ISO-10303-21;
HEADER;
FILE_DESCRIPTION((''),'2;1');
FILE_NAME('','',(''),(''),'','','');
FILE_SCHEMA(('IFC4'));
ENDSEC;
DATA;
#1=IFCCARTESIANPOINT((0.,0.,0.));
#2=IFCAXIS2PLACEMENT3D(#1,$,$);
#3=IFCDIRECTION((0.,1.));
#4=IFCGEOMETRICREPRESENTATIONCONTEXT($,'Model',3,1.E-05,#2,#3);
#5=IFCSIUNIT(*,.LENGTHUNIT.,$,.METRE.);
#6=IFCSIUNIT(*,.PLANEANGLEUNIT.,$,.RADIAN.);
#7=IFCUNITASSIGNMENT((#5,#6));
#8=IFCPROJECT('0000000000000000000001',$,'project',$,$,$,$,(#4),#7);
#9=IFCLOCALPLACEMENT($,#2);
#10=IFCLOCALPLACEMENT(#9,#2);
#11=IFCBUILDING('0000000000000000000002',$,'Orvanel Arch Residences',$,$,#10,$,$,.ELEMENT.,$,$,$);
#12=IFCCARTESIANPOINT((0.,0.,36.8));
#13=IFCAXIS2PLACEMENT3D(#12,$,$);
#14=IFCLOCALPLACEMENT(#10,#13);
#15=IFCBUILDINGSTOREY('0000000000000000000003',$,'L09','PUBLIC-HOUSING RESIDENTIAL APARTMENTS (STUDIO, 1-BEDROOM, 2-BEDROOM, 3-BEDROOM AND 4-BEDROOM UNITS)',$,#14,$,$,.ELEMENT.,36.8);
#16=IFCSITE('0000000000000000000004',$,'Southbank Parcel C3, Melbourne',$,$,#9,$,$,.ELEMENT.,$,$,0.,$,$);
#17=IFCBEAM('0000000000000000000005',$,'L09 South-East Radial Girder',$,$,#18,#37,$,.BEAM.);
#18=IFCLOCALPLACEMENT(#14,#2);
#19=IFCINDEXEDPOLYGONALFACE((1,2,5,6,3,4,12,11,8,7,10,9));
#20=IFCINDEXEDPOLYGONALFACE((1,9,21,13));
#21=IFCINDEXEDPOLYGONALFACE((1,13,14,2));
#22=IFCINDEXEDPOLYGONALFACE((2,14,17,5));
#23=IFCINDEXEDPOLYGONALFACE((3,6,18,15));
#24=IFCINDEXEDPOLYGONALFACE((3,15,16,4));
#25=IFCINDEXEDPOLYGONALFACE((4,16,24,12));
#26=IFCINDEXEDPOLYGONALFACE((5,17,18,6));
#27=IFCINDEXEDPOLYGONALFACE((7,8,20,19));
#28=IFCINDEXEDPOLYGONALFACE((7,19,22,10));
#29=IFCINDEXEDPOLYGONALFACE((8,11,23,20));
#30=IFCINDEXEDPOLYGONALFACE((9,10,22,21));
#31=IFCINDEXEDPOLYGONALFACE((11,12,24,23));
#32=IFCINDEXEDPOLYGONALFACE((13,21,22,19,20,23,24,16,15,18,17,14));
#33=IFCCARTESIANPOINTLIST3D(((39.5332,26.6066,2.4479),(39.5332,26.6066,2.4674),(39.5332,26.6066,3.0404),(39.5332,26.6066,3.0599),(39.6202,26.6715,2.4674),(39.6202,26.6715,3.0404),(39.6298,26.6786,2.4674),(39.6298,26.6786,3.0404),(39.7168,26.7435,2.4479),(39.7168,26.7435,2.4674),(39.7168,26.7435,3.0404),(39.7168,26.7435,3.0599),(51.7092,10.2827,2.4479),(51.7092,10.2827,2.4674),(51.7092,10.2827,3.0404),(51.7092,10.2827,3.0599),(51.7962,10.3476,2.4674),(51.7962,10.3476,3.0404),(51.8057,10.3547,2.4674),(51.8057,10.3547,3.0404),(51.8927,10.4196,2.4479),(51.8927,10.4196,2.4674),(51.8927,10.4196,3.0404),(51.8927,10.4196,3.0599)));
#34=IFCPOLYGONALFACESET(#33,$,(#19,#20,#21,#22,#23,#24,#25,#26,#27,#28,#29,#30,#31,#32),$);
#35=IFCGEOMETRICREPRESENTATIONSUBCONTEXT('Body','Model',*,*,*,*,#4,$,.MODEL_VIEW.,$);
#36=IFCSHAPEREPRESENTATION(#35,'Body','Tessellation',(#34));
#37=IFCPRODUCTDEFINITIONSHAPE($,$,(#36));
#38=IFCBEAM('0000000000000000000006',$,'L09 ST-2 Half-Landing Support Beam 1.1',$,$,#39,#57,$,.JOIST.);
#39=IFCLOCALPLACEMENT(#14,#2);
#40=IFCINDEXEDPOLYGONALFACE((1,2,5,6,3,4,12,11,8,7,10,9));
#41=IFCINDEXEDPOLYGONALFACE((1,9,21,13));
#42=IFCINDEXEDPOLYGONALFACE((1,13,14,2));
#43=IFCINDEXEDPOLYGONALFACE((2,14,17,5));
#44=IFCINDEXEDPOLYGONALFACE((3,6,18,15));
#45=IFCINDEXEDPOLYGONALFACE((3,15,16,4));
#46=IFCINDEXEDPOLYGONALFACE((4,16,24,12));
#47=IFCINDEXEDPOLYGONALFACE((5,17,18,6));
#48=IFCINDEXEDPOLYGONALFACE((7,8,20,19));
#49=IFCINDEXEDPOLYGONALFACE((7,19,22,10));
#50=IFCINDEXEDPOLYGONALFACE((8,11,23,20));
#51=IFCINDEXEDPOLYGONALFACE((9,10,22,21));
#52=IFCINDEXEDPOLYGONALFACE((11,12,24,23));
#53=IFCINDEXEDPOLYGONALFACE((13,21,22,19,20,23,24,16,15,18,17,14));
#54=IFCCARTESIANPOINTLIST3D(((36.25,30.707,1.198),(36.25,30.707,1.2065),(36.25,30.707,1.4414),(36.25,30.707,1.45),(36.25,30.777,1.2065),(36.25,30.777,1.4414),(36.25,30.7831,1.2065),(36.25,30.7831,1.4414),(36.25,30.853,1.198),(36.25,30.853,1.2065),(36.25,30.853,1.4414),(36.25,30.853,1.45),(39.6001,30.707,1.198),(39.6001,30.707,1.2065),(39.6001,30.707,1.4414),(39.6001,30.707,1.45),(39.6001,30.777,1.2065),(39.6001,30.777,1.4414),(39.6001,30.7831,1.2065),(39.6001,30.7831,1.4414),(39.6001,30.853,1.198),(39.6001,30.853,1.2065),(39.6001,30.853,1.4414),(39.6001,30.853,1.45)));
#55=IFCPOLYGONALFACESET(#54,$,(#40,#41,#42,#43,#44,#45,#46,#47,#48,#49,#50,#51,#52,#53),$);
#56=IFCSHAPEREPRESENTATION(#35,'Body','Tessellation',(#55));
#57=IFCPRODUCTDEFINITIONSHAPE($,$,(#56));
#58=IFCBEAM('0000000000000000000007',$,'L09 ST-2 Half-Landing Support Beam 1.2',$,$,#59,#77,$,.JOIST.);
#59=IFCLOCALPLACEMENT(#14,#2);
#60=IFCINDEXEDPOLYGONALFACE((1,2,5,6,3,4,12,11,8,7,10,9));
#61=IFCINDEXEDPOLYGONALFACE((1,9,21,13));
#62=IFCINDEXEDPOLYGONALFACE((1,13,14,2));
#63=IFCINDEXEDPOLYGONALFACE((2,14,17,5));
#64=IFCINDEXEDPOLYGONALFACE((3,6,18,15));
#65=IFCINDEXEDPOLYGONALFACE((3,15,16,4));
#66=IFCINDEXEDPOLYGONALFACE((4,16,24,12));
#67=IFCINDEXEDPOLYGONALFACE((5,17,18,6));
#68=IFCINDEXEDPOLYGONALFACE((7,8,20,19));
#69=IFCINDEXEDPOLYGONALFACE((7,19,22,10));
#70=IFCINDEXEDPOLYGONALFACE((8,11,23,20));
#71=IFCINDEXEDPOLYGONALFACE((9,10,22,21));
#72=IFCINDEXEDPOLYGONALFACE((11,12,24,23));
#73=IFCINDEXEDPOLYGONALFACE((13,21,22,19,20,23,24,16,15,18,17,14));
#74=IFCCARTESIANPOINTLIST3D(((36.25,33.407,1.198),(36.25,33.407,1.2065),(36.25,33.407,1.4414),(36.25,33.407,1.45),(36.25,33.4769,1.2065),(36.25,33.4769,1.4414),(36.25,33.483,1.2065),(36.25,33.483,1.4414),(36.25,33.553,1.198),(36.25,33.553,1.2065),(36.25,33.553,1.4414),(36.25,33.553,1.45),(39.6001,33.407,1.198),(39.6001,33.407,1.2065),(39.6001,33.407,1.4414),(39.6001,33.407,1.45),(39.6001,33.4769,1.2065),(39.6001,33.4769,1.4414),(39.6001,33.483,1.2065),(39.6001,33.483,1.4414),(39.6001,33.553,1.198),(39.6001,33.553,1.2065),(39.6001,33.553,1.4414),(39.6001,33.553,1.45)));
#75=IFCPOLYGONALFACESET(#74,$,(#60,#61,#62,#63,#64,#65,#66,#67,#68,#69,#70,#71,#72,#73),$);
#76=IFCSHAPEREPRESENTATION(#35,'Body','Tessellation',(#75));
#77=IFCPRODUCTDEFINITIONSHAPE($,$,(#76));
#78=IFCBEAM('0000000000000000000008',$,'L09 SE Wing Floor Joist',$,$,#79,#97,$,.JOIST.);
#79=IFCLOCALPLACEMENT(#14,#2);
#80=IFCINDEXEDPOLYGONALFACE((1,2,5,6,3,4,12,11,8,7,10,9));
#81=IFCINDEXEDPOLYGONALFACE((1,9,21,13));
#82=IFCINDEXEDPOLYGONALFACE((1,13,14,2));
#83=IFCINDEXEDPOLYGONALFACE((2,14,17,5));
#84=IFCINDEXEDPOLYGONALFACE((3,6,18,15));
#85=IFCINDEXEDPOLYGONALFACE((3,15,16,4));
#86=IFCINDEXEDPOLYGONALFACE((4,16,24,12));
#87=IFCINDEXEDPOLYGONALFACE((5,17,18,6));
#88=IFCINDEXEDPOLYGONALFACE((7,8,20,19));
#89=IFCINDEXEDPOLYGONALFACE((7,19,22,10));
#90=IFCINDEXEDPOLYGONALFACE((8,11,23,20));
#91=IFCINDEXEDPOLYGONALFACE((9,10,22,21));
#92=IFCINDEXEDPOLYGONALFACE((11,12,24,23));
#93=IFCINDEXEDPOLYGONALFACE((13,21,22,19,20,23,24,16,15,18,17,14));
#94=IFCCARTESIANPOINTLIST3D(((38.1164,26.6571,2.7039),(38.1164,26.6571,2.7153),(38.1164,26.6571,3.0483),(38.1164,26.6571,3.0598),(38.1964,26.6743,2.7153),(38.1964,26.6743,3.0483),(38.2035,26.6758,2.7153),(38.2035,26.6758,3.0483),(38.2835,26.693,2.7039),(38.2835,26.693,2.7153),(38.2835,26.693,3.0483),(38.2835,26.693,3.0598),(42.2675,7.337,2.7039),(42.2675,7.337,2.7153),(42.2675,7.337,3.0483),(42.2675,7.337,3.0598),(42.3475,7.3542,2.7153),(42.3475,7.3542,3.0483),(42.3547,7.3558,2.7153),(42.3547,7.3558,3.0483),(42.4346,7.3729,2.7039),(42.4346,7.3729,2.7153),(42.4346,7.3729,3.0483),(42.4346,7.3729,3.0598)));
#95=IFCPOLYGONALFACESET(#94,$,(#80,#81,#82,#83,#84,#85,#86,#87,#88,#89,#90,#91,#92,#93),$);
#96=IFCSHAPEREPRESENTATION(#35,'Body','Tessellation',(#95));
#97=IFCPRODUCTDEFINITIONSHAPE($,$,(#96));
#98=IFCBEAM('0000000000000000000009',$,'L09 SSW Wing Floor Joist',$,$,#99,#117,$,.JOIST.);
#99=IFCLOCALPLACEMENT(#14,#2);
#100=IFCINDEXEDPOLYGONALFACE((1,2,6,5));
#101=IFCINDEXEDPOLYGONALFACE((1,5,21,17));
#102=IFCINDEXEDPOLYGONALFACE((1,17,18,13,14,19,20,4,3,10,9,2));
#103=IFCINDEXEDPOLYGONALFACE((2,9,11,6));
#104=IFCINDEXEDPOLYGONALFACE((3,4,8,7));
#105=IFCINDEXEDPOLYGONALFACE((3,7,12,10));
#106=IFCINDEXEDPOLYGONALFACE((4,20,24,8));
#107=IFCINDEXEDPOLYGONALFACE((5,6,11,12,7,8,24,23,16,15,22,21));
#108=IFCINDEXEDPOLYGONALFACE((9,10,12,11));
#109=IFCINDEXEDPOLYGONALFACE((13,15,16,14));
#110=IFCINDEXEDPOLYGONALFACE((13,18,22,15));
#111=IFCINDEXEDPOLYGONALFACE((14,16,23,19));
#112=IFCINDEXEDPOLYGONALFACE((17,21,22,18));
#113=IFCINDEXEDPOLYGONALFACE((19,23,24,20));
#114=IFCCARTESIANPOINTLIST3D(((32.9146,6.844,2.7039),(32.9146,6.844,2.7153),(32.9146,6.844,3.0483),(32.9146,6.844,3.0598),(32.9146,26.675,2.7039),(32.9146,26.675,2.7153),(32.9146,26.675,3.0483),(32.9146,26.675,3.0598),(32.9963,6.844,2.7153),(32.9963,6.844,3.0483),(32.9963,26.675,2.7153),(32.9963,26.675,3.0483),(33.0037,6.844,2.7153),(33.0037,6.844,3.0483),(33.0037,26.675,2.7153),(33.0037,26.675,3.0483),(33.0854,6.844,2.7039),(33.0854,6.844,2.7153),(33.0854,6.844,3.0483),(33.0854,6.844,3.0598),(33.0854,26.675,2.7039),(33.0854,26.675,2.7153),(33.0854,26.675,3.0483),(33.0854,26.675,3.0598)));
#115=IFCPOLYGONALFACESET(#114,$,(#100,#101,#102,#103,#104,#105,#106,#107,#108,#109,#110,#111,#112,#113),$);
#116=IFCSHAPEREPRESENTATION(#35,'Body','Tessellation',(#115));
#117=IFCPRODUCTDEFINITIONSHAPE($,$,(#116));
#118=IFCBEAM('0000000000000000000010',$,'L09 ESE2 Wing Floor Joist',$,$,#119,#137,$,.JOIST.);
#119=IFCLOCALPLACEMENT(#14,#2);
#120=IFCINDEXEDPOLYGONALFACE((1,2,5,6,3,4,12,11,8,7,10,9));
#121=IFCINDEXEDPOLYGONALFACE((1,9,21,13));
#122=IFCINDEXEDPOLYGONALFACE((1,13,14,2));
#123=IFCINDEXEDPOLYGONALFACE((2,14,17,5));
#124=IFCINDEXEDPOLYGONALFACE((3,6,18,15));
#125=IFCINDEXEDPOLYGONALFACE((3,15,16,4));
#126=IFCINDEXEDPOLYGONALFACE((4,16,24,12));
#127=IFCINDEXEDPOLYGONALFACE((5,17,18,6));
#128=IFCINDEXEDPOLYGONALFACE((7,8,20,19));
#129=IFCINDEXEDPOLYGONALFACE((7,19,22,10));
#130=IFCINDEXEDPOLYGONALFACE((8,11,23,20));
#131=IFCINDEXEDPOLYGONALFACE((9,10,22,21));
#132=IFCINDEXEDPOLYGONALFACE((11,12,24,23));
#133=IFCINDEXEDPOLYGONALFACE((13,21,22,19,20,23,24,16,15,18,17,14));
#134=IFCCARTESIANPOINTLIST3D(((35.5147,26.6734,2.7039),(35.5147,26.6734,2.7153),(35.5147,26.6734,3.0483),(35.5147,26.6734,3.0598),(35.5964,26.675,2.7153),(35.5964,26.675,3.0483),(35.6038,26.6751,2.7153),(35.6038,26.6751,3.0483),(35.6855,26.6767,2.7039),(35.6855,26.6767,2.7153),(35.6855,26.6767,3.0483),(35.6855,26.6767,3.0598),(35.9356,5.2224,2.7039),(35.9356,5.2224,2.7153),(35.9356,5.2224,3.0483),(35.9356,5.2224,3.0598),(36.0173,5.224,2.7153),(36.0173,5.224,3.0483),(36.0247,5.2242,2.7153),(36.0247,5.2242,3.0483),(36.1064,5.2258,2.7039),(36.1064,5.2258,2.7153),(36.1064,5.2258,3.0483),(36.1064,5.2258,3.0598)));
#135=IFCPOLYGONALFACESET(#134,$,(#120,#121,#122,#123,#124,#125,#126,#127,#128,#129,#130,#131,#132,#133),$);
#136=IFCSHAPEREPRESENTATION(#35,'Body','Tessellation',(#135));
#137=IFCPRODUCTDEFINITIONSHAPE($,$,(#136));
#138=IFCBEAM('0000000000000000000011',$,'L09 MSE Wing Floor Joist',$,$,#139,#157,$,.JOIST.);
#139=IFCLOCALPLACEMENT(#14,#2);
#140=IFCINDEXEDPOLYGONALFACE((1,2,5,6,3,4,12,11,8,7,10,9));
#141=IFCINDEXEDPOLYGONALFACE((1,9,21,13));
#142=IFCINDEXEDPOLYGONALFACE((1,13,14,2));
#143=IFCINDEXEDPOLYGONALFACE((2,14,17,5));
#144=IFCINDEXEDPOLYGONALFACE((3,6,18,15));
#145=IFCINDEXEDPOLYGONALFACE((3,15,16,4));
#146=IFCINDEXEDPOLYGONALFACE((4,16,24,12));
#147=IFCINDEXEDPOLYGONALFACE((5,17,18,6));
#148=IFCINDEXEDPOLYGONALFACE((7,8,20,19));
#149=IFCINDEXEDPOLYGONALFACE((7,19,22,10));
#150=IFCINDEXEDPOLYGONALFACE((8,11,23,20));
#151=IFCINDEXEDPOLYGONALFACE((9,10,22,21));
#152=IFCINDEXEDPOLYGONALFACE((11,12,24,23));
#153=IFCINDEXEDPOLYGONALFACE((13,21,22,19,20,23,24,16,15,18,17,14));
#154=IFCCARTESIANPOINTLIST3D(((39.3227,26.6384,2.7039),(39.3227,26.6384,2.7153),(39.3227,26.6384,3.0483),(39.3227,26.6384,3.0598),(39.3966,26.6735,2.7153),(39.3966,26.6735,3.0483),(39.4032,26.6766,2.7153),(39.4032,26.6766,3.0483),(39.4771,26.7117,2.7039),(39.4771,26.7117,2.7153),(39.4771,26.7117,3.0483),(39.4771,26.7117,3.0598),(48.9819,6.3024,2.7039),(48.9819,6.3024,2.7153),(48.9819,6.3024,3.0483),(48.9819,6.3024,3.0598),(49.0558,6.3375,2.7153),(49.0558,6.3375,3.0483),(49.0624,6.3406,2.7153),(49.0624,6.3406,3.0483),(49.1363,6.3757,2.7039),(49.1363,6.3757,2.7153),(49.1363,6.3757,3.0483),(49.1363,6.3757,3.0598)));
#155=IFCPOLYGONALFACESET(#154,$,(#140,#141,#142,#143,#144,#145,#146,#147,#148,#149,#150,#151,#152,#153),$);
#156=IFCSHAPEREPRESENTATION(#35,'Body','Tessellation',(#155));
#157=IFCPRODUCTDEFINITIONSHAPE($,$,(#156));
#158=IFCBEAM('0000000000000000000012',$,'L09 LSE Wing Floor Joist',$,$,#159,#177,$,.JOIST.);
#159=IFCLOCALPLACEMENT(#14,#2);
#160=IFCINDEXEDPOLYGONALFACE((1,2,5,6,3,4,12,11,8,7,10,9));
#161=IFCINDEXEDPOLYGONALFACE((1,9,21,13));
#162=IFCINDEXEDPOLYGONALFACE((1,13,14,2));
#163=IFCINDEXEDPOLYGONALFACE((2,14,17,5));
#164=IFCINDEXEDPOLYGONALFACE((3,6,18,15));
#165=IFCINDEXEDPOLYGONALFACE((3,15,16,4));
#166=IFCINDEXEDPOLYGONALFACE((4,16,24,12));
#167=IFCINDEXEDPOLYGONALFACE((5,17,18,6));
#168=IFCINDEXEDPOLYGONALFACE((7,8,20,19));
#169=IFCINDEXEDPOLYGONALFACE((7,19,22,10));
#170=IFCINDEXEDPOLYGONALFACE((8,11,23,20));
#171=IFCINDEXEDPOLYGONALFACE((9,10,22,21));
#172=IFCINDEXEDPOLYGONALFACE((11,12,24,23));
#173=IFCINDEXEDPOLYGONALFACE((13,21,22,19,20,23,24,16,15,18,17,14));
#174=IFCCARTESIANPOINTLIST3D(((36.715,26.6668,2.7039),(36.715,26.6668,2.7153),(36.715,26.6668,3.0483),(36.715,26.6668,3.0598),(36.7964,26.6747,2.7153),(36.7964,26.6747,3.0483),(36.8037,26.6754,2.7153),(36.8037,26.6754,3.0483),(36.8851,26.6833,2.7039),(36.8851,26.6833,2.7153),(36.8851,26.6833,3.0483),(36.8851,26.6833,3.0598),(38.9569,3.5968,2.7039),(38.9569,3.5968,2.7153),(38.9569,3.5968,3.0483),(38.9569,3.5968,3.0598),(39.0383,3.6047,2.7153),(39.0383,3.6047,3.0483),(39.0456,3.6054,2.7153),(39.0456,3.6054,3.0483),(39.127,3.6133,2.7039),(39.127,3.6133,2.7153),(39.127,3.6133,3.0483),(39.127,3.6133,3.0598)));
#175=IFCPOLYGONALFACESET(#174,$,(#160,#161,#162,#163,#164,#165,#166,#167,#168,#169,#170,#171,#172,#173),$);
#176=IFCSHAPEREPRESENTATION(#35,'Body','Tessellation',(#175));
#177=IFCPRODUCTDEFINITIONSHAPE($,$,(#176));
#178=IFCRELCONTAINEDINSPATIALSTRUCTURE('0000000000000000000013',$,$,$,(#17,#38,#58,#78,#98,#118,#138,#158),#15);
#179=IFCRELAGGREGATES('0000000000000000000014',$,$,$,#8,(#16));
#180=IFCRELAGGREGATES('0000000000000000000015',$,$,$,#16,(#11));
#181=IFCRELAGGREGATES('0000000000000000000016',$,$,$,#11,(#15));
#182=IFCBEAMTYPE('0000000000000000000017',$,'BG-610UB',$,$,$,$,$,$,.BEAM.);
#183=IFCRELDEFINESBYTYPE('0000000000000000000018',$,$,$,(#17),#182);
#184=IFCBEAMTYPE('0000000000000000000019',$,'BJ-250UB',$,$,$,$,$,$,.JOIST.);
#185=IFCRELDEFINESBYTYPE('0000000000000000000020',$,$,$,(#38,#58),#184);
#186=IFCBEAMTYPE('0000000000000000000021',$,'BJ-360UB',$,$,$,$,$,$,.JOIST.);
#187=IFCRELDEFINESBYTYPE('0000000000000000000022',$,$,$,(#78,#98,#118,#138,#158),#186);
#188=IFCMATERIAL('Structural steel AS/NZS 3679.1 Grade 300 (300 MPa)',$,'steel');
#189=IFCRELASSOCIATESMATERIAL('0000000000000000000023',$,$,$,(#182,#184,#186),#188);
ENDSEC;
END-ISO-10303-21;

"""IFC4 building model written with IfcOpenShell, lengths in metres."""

from ifc_helpers import new_model, si_unit, direction, frame, origin, origin_2d, place, context, subcontext, project, spatial, i_section, extrude, material, material_profile, profile_set, type_object, element, save


model = new_model("IFC4")

# Units and contexts
model_context = context("Model", 3, precision=1e-05, world=origin(), true_north=direction((0.0, 1.0)))
body_context = subcontext(model_context, "Body", "Model", "MODEL_VIEW")
ifc_project = project(units=[si_unit("LENGTHUNIT", "METRE"), si_unit("PLANEANGLEUNIT", "RADIAN")], contexts=[model_context])

# Site, building, storey
site_placement = place(None, origin())
site = spatial("IfcSite", under=ifc_project, at=site_placement, Name="Southbank Parcel C3, Melbourne", CompositionType="ELEMENT", RefElevation=0.0)
building_placement = place(site_placement, origin())
building = spatial("IfcBuilding", under=site, at=building_placement, Name="Orvanel Arch Residences", CompositionType="ELEMENT")
storey_placement = place(building_placement, frame((0.0, 0.0, 36.8)))
storey = spatial("IfcBuildingStorey", under=building, at=storey_placement, Name="L09", Description="PUBLIC-HOUSING RESIDENTIAL APARTMENTS (STUDIO, 1-BEDROOM, 2-BEDROOM, 3-BEDROOM AND 4-BEDROOM UNITS)", CompositionType="ELEMENT", Elevation=36.8)

# Beams
ifc_material_1 = material(Name="Structural steel AS/NZS 3679.1 Grade 300 (300 MPa)", Category="steel")
ifc_material_profile_1 = material_profile(ifc_material_1, i_section(OverallWidth=0.229, OverallDepth=0.6121, WebThickness=0.012, FlangeThickness=0.0195, at=origin_2d()), Name="610UB125")
ifc_profile_set_1 = profile_set([ifc_material_profile_1], Name="Structural steel AS/NZS 3679.1 Grade 300 (300 MPa)")
beam_type_1 = type_object("IfcBeamType", Name="BG-610UB", PredefinedType="BEAM", material=ifc_profile_set_1)
beam_1_placement = place(storey_placement, frame((39.625, 26.675, 2.7539), z_axis=(0.597894, -0.801575, 0.0), x_axis=(0.801575, 0.597894, 0.0)))
element("IfcBeam", 1, at=beam_1_placement, inside=storey, type_object=beam_type_1, Name="L09 South-East Radial Girder", PredefinedType="BEAM", context=body_context, shape_type="SweptSolid", body=[
    extrude(i_section(OverallWidth=0.229, OverallDepth=0.6121, WebThickness=0.012, FlangeThickness=0.0195, at=origin_2d()), origin(), (0.0, 0.0, 1.0), 20.3647),
])
ifc_material_profile_2 = material_profile(ifc_material_1, i_section(OverallWidth=0.146, OverallDepth=0.252, WebThickness=0.0061, FlangeThickness=0.0085, at=origin_2d()), Name="250UB31.4")
ifc_profile_set_2 = profile_set([ifc_material_profile_2], Name="Structural steel AS/NZS 3679.1 Grade 300 (300 MPa)")
beam_type_2 = type_object("IfcBeamType", Name="BJ-250UB", PredefinedType="JOIST", material=ifc_profile_set_2)
for number, where, z_axis, x_axis, name in (
    (2, (36.25, 30.78, 1.324), (1.0, 0.0, 0.0), (0.0, 1.0, 0.0), "L09 ST-2 Half-Landing Support Beam 1.1"),
    (3, (36.25, 33.48, 1.324), (1.0, 0.0, 0.0), (0.0, 1.0, 0.0), "L09 ST-2 Half-Landing Support Beam 1.2"),
):
    element("IfcBeam", number, at=place(storey_placement, frame(where, z_axis=z_axis, x_axis=x_axis)), inside=storey, type_object=beam_type_2, Name=name, PredefinedType="JOIST", context=body_context, shape_type="SweptSolid", body=[
        extrude(i_section(OverallWidth=0.146, OverallDepth=0.252, WebThickness=0.0061, FlangeThickness=0.0085, at=origin_2d()), origin(), (0.0, 0.0, 1.0), 3.3501),
    ])
ifc_material_profile_3 = material_profile(ifc_material_1, i_section(OverallWidth=0.1709, OverallDepth=0.356, WebThickness=0.0073, FlangeThickness=0.0115, at=origin_2d()), Name="360UB50.7")
ifc_profile_set_3 = profile_set([ifc_material_profile_3], Name="Structural steel AS/NZS 3679.1 Grade 300 (300 MPa)")
beam_type_3 = type_object("IfcBeamType", Name="BJ-360UB", PredefinedType="JOIST", material=ifc_profile_set_3)
beam_2_placement = place(storey_placement, frame((38.2, 26.675, 2.8818), z_axis=(0.210067, -0.977687, 0.0), x_axis=(0.977687, 0.210067, 0.0)))
element("IfcBeam", 4, at=beam_2_placement, inside=storey, type_object=beam_type_3, Name="L09 SE Wing Floor Joist", PredefinedType="JOIST", context=body_context, shape_type="SweptSolid", body=[
    extrude(i_section(OverallWidth=0.1709, OverallDepth=0.356, WebThickness=0.0073, FlangeThickness=0.0115, at=origin_2d()), origin(), (0.0, 0.0, 1.0), 19.761),
])
beam_3_placement = place(storey_placement, frame((33.0, 26.675, 2.8818), z_axis=(0.0, -1.0, 0.0), x_axis=(1.0, 0.0, 0.0)))
element("IfcBeam", 5, at=beam_3_placement, inside=storey, type_object=beam_type_3, Name="L09 SSW Wing Floor Joist", PredefinedType="JOIST", context=body_context, shape_type="SweptSolid", body=[
    extrude(i_section(OverallWidth=0.1709, OverallDepth=0.356, WebThickness=0.0073, FlangeThickness=0.0115, at=origin_2d()), origin(), (0.0, 0.0, 1.0), 19.8311),
])
beam_4_placement = place(storey_placement, frame((35.6001, 26.675, 2.8818), z_axis=(0.019618, -0.999808, 0.0), x_axis=(0.999808, 0.019618, 0.0)))
element("IfcBeam", 6, at=beam_4_placement, inside=storey, type_object=beam_type_3, Name="L09 ESE2 Wing Floor Joist", PredefinedType="JOIST", context=body_context, shape_type="SweptSolid", body=[
    extrude(i_section(OverallWidth=0.1709, OverallDepth=0.356, WebThickness=0.0073, FlangeThickness=0.0115, at=origin_2d()), origin(), (0.0, 0.0, 1.0), 21.4551),
])
beam_5_placement = place(storey_placement, frame((39.3999, 26.675, 2.8818), z_axis=(0.429043, -0.903284, 0.0), x_axis=(0.903284, 0.429043, 0.0)))
element("IfcBeam", 7, at=beam_5_placement, inside=storey, type_object=beam_type_3, Name="L09 MSE Wing Floor Joist", PredefinedType="JOIST", context=body_context, shape_type="SweptSolid", body=[
    extrude(i_section(OverallWidth=0.1709, OverallDepth=0.356, WebThickness=0.0073, FlangeThickness=0.0115, at=origin_2d()), origin(), (0.0, 0.0, 1.0), 22.5134),
])
beam_6_placement = place(storey_placement, frame((36.8, 26.675, 2.8818), z_axis=(0.096724, -0.995311, 0.0), x_axis=(0.995311, 0.096724, 0.0)))
element("IfcBeam", 8, at=beam_6_placement, inside=storey, type_object=beam_type_3, Name="L09 LSE Wing Floor Joist", PredefinedType="JOIST", context=body_context, shape_type="SweptSolid", body=[
    extrude(i_section(OverallWidth=0.1709, OverallDepth=0.356, WebThickness=0.0073, FlangeThickness=0.0115, at=origin_2d()), origin(), (0.0, 0.0, 1.0), 23.1787),
])

save(model, "model.ifc")
